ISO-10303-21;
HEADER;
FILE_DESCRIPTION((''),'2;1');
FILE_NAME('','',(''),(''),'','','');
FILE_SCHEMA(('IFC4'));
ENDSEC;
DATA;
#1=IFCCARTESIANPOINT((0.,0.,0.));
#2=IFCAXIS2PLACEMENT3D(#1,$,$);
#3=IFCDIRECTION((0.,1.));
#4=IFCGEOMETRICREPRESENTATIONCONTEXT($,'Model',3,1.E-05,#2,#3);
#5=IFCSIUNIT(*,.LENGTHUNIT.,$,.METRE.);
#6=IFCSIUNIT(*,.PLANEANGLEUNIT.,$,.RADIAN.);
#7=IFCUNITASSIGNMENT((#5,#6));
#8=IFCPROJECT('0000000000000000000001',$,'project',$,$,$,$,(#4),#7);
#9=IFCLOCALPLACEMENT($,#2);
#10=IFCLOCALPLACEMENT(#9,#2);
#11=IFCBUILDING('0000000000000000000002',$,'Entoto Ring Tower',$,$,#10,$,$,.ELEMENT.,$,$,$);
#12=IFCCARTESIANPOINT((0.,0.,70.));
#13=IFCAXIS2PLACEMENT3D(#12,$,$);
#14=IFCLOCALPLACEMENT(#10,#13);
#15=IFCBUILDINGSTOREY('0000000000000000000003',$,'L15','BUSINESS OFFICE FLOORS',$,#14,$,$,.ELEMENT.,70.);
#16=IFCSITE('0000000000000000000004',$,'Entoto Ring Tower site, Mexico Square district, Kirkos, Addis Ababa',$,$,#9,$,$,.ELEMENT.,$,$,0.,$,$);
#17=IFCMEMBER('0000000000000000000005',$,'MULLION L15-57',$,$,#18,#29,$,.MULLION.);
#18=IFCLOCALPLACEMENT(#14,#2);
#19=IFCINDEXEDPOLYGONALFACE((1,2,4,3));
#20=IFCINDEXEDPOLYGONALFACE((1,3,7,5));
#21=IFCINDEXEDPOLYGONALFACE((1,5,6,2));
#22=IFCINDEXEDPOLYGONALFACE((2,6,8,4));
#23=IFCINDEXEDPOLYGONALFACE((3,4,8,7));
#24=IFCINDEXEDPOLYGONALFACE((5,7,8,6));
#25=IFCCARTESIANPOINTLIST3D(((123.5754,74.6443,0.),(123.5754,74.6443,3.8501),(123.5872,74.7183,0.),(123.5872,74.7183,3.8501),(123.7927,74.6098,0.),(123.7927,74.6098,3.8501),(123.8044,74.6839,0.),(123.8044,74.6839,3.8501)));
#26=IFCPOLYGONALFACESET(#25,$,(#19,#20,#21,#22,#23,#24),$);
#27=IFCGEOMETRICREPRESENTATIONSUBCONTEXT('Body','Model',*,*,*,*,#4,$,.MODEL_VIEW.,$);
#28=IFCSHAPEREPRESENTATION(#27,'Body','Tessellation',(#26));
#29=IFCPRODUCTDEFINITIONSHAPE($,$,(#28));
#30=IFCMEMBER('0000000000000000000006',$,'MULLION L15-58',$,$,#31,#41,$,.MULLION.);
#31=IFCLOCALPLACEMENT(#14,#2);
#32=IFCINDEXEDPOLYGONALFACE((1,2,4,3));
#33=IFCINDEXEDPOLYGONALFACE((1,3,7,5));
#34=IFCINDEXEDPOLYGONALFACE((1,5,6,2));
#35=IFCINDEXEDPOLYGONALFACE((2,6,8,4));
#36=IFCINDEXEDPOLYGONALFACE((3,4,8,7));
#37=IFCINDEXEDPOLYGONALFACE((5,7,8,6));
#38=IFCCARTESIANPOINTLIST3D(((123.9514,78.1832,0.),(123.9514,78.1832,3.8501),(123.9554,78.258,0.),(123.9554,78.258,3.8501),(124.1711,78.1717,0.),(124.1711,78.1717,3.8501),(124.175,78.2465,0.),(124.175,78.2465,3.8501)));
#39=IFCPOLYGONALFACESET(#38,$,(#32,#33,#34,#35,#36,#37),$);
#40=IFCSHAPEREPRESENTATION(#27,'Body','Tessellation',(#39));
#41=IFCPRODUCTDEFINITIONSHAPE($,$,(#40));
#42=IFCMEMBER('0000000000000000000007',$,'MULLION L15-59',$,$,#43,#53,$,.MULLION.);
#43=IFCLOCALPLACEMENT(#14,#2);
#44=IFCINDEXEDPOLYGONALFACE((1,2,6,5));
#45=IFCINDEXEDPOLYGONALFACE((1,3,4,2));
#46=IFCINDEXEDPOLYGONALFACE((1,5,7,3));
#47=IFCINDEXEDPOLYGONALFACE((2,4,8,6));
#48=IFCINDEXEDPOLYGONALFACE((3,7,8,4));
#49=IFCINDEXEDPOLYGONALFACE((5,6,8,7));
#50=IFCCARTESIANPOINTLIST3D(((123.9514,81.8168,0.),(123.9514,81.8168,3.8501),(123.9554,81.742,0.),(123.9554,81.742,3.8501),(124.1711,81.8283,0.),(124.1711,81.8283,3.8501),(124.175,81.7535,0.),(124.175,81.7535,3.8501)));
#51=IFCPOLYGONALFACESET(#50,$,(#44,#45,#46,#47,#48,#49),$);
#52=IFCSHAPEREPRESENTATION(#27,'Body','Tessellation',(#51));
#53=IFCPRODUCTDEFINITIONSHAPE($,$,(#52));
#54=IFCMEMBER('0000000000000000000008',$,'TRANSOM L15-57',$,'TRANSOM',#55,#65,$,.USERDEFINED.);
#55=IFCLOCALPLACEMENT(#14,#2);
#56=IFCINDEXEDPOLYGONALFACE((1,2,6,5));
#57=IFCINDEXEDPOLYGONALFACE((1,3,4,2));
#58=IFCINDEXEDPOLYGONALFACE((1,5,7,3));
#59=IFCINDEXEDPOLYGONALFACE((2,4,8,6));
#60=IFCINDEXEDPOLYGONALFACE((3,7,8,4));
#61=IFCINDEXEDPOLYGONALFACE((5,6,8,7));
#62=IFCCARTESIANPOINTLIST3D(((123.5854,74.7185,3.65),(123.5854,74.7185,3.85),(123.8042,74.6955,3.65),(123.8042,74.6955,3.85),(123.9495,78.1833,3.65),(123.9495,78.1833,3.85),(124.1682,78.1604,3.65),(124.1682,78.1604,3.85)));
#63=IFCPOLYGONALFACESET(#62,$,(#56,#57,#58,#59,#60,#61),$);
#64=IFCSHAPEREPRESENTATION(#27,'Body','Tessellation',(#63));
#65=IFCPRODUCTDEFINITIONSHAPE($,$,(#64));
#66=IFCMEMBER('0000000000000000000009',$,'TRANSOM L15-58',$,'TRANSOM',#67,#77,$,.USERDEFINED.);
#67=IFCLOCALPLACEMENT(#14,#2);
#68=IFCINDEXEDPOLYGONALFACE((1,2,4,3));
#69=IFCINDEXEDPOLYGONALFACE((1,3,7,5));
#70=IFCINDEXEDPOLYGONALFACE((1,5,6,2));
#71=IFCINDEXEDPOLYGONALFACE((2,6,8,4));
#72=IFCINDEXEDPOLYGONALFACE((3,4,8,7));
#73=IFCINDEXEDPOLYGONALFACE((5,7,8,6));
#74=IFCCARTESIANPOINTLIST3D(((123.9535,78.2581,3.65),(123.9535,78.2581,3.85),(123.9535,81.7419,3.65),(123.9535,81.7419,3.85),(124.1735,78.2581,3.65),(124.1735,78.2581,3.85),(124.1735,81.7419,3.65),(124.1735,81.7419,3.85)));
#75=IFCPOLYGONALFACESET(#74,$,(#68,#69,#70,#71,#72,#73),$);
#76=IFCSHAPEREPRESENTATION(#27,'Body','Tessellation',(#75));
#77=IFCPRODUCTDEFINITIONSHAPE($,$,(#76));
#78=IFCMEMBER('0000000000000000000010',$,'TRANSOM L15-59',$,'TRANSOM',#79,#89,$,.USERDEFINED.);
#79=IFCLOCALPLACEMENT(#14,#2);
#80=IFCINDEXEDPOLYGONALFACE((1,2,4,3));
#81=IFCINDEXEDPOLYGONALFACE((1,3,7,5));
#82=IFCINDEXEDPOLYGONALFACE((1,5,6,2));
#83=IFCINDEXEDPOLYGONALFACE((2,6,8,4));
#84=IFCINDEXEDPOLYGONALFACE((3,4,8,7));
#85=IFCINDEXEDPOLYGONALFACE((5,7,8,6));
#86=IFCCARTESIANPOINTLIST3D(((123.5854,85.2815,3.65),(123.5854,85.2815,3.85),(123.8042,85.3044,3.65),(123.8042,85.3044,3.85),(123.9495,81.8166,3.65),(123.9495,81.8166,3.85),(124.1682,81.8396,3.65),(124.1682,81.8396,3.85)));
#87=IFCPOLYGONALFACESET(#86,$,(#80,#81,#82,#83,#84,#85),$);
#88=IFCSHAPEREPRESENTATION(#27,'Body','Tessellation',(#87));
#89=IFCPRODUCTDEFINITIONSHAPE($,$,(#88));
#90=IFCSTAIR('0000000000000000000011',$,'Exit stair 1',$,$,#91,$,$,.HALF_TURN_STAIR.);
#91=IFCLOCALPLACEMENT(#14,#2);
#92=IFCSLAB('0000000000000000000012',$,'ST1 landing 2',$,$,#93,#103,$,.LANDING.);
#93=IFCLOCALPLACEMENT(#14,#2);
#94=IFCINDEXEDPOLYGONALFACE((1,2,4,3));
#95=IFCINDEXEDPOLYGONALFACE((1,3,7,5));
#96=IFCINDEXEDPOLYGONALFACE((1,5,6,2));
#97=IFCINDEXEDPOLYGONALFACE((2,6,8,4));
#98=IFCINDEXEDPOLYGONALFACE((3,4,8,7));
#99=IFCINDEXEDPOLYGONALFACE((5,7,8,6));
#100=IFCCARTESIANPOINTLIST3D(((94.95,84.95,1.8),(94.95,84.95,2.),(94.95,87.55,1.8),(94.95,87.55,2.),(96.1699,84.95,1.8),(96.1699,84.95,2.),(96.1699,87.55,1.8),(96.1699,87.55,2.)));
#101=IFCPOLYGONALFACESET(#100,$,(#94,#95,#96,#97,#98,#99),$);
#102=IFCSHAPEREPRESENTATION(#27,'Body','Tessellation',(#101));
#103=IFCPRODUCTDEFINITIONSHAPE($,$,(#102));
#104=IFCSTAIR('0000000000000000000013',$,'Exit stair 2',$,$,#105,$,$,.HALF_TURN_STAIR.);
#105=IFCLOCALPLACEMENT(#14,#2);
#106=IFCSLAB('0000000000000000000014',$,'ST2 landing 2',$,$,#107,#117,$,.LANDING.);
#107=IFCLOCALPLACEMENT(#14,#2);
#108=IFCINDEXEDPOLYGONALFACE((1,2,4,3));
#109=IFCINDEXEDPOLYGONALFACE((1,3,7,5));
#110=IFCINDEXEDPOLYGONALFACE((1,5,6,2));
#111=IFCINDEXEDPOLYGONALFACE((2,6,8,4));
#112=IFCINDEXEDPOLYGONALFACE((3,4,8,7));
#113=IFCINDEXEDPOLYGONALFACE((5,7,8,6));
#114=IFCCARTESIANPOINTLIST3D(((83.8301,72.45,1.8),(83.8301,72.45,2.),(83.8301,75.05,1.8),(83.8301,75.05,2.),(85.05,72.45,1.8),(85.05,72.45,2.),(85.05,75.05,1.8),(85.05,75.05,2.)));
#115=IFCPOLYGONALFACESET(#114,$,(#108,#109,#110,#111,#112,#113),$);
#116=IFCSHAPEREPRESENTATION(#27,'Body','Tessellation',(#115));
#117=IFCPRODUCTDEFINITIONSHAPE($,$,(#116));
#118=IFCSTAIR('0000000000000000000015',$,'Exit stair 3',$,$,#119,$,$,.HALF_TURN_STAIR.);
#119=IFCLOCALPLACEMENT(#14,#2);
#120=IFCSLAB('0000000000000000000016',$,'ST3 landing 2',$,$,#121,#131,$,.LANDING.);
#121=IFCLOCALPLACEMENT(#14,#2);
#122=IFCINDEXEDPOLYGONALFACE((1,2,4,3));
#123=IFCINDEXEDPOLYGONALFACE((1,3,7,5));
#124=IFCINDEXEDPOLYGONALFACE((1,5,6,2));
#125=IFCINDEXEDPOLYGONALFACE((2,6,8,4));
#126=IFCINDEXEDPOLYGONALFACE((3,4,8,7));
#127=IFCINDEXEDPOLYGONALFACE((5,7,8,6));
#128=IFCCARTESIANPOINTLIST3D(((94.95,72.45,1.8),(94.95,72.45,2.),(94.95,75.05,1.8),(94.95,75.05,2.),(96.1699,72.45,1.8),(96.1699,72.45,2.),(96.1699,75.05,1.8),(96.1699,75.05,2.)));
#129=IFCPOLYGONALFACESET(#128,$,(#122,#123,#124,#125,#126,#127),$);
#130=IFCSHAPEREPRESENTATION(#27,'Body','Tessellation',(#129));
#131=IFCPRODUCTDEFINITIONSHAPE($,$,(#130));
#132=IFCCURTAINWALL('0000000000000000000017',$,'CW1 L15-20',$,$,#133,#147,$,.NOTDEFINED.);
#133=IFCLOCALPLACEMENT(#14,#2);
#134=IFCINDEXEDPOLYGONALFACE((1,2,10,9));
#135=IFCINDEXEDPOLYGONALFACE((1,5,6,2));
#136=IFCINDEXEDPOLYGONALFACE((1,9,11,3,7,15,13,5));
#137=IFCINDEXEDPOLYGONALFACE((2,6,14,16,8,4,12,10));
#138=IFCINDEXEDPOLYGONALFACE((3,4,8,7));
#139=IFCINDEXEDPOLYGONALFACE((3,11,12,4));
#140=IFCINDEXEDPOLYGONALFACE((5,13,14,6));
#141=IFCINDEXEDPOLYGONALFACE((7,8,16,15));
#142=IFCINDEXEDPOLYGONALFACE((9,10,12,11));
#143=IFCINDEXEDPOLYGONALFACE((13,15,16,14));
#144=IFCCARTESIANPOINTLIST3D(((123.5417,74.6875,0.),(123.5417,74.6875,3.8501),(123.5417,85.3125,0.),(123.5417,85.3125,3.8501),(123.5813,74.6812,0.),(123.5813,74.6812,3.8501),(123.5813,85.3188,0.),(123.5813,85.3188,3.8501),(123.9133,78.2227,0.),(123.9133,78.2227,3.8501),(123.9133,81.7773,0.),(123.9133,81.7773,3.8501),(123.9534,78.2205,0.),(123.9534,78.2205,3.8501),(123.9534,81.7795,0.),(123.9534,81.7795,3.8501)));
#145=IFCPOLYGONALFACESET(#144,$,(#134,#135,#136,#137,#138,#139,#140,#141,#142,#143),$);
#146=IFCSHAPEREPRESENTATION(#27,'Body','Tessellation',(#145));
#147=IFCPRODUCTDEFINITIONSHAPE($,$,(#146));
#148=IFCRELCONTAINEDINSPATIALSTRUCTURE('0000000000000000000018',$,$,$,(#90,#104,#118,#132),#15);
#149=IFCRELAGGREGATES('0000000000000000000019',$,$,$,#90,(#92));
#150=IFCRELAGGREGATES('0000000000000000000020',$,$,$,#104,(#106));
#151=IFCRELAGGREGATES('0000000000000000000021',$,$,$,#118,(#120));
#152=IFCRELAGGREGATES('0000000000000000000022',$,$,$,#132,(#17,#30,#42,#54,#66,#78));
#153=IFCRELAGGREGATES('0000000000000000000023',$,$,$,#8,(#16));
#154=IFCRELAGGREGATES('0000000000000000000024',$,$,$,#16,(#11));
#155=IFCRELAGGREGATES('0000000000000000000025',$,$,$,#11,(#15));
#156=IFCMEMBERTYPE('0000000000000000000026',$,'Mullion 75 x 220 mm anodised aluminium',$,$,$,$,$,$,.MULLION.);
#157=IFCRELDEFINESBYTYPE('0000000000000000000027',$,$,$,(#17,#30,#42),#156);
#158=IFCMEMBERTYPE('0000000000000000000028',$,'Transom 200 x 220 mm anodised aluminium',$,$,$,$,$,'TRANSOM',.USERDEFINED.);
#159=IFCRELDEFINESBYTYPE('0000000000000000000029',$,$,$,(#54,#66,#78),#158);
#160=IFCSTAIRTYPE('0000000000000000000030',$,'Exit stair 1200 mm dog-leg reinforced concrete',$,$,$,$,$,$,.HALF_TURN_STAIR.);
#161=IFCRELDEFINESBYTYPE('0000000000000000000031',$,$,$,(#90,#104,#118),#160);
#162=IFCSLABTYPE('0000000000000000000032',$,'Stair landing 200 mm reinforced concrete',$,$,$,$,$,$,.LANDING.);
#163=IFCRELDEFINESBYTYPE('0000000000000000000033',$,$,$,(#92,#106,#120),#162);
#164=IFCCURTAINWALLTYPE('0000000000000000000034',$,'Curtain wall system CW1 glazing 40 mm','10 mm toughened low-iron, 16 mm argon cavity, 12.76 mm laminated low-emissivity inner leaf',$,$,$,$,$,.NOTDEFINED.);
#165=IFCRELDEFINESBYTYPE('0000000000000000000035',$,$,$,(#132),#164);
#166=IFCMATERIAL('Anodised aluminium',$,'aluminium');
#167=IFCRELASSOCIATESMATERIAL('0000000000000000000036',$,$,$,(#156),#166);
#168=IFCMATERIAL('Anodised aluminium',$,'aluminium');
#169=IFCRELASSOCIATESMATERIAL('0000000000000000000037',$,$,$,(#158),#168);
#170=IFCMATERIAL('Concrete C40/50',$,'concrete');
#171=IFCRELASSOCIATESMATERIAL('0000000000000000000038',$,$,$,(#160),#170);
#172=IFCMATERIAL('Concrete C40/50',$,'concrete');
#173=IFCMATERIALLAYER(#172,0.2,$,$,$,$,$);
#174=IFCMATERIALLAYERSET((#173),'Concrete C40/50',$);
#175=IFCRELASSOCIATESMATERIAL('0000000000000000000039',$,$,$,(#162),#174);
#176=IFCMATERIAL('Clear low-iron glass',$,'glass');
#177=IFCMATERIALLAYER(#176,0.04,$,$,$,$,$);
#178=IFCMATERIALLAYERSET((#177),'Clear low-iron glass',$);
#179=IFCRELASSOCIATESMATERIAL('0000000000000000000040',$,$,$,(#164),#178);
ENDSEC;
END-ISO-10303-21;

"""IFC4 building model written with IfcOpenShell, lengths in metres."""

from ifc_helpers import new_model, si_unit, direction, frame, origin, origin_2d, place, context, subcontext, project, spatial, polyline, rectangle, outline, extrude, material, layer, layer_set, material_profile, profile_set, type_object, element, aggregate, save


model = new_model("IFC4")

# Units and contexts
model_context = context("Model", 3, precision=1e-05, world=origin(), true_north=direction((0.0, 1.0)))
body_context = subcontext(model_context, "Body", "Model", "MODEL_VIEW")
ifc_project = project(units=[si_unit("LENGTHUNIT", "METRE"), si_unit("PLANEANGLEUNIT", "RADIAN")], contexts=[model_context])

# Members
ifc_material_1 = material(Name="Anodised aluminium", Category="aluminium")
ifc_material_profile_1 = material_profile(ifc_material_1, rectangle(XDim=0.075, YDim=0.22, at=origin_2d()), Name="Mullion 75 x 220 mm anodised aluminium")
ifc_profile_set_1 = profile_set([ifc_material_profile_1], Name="Anodised aluminium")
member_type_1 = type_object("IfcMemberType", Name="Mullion 75 x 220 mm anodised aluminium", PredefinedType="MULLION", material=ifc_profile_set_1)
site_placement = place(None, origin())
building_placement = place(site_placement, origin())
storey_placement = place(building_placement, frame((0.0, 0.0, 70.0)))
member_1_placement = place(storey_placement, frame((123.6899, 74.6641, 0.0), z_axis=(0.0, 0.0, 1.0), x_axis=(0.156434, 0.987688, 0.0)))
member_1 = element("IfcMember", 1, at=member_1_placement, type_object=member_type_1, Name="MULLION L15-57", PredefinedType="MULLION", context=body_context, shape_type="SweptSolid", body=[
    extrude(rectangle(XDim=0.075, YDim=0.22, at=origin_2d()), origin(), (0.0, 0.0, 1.0), 3.8501),
])
member_2_placement = place(storey_placement, frame((124.0632, 78.2148, 0.0), z_axis=(0.0, 0.0, 1.0), x_axis=(0.052336, 0.99863, 0.0)))
member_2 = element("IfcMember", 2, at=member_2_placement, type_object=member_type_1, Name="MULLION L15-58", PredefinedType="MULLION", context=body_context, shape_type="SweptSolid", body=[
    extrude(rectangle(XDim=0.075, YDim=0.22, at=origin_2d()), origin(), (0.0, 0.0, 1.0), 3.8501),
])
member_3_placement = place(storey_placement, frame((124.0632, 81.7852, 0.0), z_axis=(0.0, 0.0, 1.0), x_axis=(-0.052336, 0.99863, 0.0)))
member_3 = element("IfcMember", 3, at=member_3_placement, type_object=member_type_1, Name="MULLION L15-59", PredefinedType="MULLION", context=body_context, shape_type="SweptSolid", body=[
    extrude(rectangle(XDim=0.075, YDim=0.22, at=origin_2d()), origin(), (0.0, 0.0, 1.0), 3.8501),
])
ifc_material_2 = material(Name="Anodised aluminium", Category="aluminium")
ifc_material_profile_2 = material_profile(ifc_material_2, rectangle(XDim=0.22, YDim=0.2, at=origin_2d()), Name="Transom 200 x 220 mm anodised aluminium")
ifc_profile_set_2 = profile_set([ifc_material_profile_2], Name="Anodised aluminium")
member_type_2 = type_object("IfcMemberType", Name="Transom 200 x 220 mm anodised aluminium", ElementType="TRANSOM", PredefinedType="USERDEFINED", material=ifc_profile_set_2)
member_4_placement = place(storey_placement, frame((123.6948, 74.707, 3.75), z_axis=(0.104484, 0.994527, 0.0), x_axis=(-0.994527, 0.104484, 0.0)))
member_4 = element("IfcMember", 4, at=member_4_placement, type_object=member_type_2, Name="TRANSOM L15-57", ObjectType="TRANSOM", PredefinedType="USERDEFINED", context=body_context, shape_type="SweptSolid", body=[
    extrude(rectangle(XDim=0.22, YDim=0.2, at=origin_2d()), origin(), (0.0, 0.0, 1.0), 3.4839),
])
member_5_placement = place(storey_placement, frame((124.0635, 78.2581, 3.75), z_axis=(0.0, 1.0, 0.0), x_axis=(-1.0, 0.0, 0.0)))
member_5 = element("IfcMember", 5, at=member_5_placement, type_object=member_type_2, Name="TRANSOM L15-58", ObjectType="TRANSOM", PredefinedType="USERDEFINED", context=body_context, shape_type="SweptSolid", body=[
    extrude(rectangle(XDim=0.22, YDim=0.2, at=origin_2d()), origin(), (0.0, 0.0, 1.0), 3.4839),
])
member_6_placement = place(storey_placement, frame((124.0588, 81.8281, 3.75), z_axis=(-0.104484, 0.994527, 0.0), x_axis=(-0.994527, -0.104484, 0.0)))
member_6 = element("IfcMember", 6, at=member_6_placement, type_object=member_type_2, Name="TRANSOM L15-59", ObjectType="TRANSOM", PredefinedType="USERDEFINED", context=body_context, shape_type="SweptSolid", body=[
    extrude(rectangle(XDim=0.22, YDim=0.2, at=origin_2d()), origin(), (0.0, 0.0, 1.0), 3.4839),
])

# Site, building, storey
site = spatial("IfcSite", under=ifc_project, at=site_placement, Name="Entoto Ring Tower site, Mexico Square district, Kirkos, Addis Ababa", CompositionType="ELEMENT", RefElevation=0.0)
building = spatial("IfcBuilding", under=site, at=building_placement, Name="Entoto Ring Tower", CompositionType="ELEMENT")
storey = spatial("IfcBuildingStorey", under=building, at=storey_placement, Name="L15", Description="BUSINESS OFFICE FLOORS", CompositionType="ELEMENT", Elevation=70.0)

# Stairs, slabs
ifc_material_3 = material(Name="Concrete C40/50", Category="concrete")
stair_type = type_object("IfcStairType", Name="Exit stair 1200 mm dog-leg reinforced concrete", PredefinedType="HALF_TURN_STAIR", material=ifc_material_3)
stair_1_placement = place(storey_placement, origin())
stair_1 = element("IfcStair", 7, at=stair_1_placement, inside=storey, type_object=stair_type, Name="Exit stair 1", PredefinedType="HALF_TURN_STAIR")
ifc_material_4 = material(Name="Concrete C40/50", Category="concrete")
ifc_layer_1 = layer(ifc_material_4, 0.2)
ifc_layer_set_1 = layer_set([ifc_layer_1], Name="Concrete C40/50")
slab_type = type_object("IfcSlabType", Name="Stair landing 200 mm reinforced concrete", PredefinedType="LANDING", material=ifc_layer_set_1)
slab_1_placement = place(storey_placement, frame((0.0, 0.0, 1.8)))
slab_1 = element("IfcSlab", 8, at=slab_1_placement, type_object=slab_type, Name="ST1 landing 2", PredefinedType="LANDING", context=body_context, shape_type="SweptSolid", body=[
    extrude(outline(polyline([(94.95, 84.95), (96.1699, 84.95), (96.1699, 87.55), (94.95, 87.55), (94.95, 84.95)])), origin(), (0.0, 0.0, 1.0), 0.2),
])
aggregate(stair_1, [slab_1])
stair_2_placement = place(storey_placement, origin())
stair_2 = element("IfcStair", 9, at=stair_2_placement, inside=storey, type_object=stair_type, Name="Exit stair 2", PredefinedType="HALF_TURN_STAIR")
slab_2_placement = place(storey_placement, frame((0.0, 0.0, 1.8)))
slab_2 = element("IfcSlab", 10, at=slab_2_placement, type_object=slab_type, Name="ST2 landing 2", PredefinedType="LANDING", context=body_context, shape_type="SweptSolid", body=[
    extrude(outline(polyline([(83.8301, 72.45), (85.05, 72.45), (85.05, 75.05), (83.8301, 75.05), (83.8301, 72.45)])), origin(), (0.0, 0.0, 1.0), 0.2),
])
aggregate(stair_2, [slab_2])
stair_3_placement = place(storey_placement, origin())
stair_3 = element("IfcStair", 11, at=stair_3_placement, inside=storey, type_object=stair_type, Name="Exit stair 3", PredefinedType="HALF_TURN_STAIR")
slab_3_placement = place(storey_placement, frame((0.0, 0.0, 1.8)))
slab_3 = element("IfcSlab", 12, at=slab_3_placement, type_object=slab_type, Name="ST3 landing 2", PredefinedType="LANDING", context=body_context, shape_type="SweptSolid", body=[
    extrude(outline(polyline([(94.95, 72.45), (96.1699, 72.45), (96.1699, 75.05), (94.95, 75.05), (94.95, 72.45)])), origin(), (0.0, 0.0, 1.0), 0.2),
])
aggregate(stair_3, [slab_3])

# Curtain wall
ifc_material_5 = material(Name="Clear low-iron glass", Category="glass")
ifc_layer_2 = layer(ifc_material_5, 0.04)
ifc_layer_set_2 = layer_set([ifc_layer_2], Name="Clear low-iron glass")
curtain_wall_type = type_object("IfcCurtainWallType", Name="Curtain wall system CW1 glazing 40 mm", Description="10 mm toughened low-iron, 16 mm argon cavity, 12.76 mm laminated low-emissivity inner leaf", PredefinedType="NOTDEFINED", material=ifc_layer_set_2)
curtain_wall_1_placement = place(storey_placement, origin())
curtain_wall_1 = element("IfcCurtainWall", 13, at=curtain_wall_1_placement, inside=storey, type_object=curtain_wall_type, Name="CW1 L15-20", PredefinedType="NOTDEFINED", context=body_context, shape_type="SweptSolid", body=[
    extrude(outline(polyline([(123.5813, 74.6812), (123.9534, 78.2205), (123.9534, 81.7795), (123.5813, 85.3188), (123.5417, 85.3125), (123.9133, 81.7773), (123.9133, 78.2227), (123.5417, 74.6875), (123.5813, 74.6812)])), origin(), (0.0, 0.0, 1.0), 3.8501),
])
aggregate(curtain_wall_1, [member_1, member_2, member_3, member_4, member_5, member_6])

save(model, "model.ifc")
